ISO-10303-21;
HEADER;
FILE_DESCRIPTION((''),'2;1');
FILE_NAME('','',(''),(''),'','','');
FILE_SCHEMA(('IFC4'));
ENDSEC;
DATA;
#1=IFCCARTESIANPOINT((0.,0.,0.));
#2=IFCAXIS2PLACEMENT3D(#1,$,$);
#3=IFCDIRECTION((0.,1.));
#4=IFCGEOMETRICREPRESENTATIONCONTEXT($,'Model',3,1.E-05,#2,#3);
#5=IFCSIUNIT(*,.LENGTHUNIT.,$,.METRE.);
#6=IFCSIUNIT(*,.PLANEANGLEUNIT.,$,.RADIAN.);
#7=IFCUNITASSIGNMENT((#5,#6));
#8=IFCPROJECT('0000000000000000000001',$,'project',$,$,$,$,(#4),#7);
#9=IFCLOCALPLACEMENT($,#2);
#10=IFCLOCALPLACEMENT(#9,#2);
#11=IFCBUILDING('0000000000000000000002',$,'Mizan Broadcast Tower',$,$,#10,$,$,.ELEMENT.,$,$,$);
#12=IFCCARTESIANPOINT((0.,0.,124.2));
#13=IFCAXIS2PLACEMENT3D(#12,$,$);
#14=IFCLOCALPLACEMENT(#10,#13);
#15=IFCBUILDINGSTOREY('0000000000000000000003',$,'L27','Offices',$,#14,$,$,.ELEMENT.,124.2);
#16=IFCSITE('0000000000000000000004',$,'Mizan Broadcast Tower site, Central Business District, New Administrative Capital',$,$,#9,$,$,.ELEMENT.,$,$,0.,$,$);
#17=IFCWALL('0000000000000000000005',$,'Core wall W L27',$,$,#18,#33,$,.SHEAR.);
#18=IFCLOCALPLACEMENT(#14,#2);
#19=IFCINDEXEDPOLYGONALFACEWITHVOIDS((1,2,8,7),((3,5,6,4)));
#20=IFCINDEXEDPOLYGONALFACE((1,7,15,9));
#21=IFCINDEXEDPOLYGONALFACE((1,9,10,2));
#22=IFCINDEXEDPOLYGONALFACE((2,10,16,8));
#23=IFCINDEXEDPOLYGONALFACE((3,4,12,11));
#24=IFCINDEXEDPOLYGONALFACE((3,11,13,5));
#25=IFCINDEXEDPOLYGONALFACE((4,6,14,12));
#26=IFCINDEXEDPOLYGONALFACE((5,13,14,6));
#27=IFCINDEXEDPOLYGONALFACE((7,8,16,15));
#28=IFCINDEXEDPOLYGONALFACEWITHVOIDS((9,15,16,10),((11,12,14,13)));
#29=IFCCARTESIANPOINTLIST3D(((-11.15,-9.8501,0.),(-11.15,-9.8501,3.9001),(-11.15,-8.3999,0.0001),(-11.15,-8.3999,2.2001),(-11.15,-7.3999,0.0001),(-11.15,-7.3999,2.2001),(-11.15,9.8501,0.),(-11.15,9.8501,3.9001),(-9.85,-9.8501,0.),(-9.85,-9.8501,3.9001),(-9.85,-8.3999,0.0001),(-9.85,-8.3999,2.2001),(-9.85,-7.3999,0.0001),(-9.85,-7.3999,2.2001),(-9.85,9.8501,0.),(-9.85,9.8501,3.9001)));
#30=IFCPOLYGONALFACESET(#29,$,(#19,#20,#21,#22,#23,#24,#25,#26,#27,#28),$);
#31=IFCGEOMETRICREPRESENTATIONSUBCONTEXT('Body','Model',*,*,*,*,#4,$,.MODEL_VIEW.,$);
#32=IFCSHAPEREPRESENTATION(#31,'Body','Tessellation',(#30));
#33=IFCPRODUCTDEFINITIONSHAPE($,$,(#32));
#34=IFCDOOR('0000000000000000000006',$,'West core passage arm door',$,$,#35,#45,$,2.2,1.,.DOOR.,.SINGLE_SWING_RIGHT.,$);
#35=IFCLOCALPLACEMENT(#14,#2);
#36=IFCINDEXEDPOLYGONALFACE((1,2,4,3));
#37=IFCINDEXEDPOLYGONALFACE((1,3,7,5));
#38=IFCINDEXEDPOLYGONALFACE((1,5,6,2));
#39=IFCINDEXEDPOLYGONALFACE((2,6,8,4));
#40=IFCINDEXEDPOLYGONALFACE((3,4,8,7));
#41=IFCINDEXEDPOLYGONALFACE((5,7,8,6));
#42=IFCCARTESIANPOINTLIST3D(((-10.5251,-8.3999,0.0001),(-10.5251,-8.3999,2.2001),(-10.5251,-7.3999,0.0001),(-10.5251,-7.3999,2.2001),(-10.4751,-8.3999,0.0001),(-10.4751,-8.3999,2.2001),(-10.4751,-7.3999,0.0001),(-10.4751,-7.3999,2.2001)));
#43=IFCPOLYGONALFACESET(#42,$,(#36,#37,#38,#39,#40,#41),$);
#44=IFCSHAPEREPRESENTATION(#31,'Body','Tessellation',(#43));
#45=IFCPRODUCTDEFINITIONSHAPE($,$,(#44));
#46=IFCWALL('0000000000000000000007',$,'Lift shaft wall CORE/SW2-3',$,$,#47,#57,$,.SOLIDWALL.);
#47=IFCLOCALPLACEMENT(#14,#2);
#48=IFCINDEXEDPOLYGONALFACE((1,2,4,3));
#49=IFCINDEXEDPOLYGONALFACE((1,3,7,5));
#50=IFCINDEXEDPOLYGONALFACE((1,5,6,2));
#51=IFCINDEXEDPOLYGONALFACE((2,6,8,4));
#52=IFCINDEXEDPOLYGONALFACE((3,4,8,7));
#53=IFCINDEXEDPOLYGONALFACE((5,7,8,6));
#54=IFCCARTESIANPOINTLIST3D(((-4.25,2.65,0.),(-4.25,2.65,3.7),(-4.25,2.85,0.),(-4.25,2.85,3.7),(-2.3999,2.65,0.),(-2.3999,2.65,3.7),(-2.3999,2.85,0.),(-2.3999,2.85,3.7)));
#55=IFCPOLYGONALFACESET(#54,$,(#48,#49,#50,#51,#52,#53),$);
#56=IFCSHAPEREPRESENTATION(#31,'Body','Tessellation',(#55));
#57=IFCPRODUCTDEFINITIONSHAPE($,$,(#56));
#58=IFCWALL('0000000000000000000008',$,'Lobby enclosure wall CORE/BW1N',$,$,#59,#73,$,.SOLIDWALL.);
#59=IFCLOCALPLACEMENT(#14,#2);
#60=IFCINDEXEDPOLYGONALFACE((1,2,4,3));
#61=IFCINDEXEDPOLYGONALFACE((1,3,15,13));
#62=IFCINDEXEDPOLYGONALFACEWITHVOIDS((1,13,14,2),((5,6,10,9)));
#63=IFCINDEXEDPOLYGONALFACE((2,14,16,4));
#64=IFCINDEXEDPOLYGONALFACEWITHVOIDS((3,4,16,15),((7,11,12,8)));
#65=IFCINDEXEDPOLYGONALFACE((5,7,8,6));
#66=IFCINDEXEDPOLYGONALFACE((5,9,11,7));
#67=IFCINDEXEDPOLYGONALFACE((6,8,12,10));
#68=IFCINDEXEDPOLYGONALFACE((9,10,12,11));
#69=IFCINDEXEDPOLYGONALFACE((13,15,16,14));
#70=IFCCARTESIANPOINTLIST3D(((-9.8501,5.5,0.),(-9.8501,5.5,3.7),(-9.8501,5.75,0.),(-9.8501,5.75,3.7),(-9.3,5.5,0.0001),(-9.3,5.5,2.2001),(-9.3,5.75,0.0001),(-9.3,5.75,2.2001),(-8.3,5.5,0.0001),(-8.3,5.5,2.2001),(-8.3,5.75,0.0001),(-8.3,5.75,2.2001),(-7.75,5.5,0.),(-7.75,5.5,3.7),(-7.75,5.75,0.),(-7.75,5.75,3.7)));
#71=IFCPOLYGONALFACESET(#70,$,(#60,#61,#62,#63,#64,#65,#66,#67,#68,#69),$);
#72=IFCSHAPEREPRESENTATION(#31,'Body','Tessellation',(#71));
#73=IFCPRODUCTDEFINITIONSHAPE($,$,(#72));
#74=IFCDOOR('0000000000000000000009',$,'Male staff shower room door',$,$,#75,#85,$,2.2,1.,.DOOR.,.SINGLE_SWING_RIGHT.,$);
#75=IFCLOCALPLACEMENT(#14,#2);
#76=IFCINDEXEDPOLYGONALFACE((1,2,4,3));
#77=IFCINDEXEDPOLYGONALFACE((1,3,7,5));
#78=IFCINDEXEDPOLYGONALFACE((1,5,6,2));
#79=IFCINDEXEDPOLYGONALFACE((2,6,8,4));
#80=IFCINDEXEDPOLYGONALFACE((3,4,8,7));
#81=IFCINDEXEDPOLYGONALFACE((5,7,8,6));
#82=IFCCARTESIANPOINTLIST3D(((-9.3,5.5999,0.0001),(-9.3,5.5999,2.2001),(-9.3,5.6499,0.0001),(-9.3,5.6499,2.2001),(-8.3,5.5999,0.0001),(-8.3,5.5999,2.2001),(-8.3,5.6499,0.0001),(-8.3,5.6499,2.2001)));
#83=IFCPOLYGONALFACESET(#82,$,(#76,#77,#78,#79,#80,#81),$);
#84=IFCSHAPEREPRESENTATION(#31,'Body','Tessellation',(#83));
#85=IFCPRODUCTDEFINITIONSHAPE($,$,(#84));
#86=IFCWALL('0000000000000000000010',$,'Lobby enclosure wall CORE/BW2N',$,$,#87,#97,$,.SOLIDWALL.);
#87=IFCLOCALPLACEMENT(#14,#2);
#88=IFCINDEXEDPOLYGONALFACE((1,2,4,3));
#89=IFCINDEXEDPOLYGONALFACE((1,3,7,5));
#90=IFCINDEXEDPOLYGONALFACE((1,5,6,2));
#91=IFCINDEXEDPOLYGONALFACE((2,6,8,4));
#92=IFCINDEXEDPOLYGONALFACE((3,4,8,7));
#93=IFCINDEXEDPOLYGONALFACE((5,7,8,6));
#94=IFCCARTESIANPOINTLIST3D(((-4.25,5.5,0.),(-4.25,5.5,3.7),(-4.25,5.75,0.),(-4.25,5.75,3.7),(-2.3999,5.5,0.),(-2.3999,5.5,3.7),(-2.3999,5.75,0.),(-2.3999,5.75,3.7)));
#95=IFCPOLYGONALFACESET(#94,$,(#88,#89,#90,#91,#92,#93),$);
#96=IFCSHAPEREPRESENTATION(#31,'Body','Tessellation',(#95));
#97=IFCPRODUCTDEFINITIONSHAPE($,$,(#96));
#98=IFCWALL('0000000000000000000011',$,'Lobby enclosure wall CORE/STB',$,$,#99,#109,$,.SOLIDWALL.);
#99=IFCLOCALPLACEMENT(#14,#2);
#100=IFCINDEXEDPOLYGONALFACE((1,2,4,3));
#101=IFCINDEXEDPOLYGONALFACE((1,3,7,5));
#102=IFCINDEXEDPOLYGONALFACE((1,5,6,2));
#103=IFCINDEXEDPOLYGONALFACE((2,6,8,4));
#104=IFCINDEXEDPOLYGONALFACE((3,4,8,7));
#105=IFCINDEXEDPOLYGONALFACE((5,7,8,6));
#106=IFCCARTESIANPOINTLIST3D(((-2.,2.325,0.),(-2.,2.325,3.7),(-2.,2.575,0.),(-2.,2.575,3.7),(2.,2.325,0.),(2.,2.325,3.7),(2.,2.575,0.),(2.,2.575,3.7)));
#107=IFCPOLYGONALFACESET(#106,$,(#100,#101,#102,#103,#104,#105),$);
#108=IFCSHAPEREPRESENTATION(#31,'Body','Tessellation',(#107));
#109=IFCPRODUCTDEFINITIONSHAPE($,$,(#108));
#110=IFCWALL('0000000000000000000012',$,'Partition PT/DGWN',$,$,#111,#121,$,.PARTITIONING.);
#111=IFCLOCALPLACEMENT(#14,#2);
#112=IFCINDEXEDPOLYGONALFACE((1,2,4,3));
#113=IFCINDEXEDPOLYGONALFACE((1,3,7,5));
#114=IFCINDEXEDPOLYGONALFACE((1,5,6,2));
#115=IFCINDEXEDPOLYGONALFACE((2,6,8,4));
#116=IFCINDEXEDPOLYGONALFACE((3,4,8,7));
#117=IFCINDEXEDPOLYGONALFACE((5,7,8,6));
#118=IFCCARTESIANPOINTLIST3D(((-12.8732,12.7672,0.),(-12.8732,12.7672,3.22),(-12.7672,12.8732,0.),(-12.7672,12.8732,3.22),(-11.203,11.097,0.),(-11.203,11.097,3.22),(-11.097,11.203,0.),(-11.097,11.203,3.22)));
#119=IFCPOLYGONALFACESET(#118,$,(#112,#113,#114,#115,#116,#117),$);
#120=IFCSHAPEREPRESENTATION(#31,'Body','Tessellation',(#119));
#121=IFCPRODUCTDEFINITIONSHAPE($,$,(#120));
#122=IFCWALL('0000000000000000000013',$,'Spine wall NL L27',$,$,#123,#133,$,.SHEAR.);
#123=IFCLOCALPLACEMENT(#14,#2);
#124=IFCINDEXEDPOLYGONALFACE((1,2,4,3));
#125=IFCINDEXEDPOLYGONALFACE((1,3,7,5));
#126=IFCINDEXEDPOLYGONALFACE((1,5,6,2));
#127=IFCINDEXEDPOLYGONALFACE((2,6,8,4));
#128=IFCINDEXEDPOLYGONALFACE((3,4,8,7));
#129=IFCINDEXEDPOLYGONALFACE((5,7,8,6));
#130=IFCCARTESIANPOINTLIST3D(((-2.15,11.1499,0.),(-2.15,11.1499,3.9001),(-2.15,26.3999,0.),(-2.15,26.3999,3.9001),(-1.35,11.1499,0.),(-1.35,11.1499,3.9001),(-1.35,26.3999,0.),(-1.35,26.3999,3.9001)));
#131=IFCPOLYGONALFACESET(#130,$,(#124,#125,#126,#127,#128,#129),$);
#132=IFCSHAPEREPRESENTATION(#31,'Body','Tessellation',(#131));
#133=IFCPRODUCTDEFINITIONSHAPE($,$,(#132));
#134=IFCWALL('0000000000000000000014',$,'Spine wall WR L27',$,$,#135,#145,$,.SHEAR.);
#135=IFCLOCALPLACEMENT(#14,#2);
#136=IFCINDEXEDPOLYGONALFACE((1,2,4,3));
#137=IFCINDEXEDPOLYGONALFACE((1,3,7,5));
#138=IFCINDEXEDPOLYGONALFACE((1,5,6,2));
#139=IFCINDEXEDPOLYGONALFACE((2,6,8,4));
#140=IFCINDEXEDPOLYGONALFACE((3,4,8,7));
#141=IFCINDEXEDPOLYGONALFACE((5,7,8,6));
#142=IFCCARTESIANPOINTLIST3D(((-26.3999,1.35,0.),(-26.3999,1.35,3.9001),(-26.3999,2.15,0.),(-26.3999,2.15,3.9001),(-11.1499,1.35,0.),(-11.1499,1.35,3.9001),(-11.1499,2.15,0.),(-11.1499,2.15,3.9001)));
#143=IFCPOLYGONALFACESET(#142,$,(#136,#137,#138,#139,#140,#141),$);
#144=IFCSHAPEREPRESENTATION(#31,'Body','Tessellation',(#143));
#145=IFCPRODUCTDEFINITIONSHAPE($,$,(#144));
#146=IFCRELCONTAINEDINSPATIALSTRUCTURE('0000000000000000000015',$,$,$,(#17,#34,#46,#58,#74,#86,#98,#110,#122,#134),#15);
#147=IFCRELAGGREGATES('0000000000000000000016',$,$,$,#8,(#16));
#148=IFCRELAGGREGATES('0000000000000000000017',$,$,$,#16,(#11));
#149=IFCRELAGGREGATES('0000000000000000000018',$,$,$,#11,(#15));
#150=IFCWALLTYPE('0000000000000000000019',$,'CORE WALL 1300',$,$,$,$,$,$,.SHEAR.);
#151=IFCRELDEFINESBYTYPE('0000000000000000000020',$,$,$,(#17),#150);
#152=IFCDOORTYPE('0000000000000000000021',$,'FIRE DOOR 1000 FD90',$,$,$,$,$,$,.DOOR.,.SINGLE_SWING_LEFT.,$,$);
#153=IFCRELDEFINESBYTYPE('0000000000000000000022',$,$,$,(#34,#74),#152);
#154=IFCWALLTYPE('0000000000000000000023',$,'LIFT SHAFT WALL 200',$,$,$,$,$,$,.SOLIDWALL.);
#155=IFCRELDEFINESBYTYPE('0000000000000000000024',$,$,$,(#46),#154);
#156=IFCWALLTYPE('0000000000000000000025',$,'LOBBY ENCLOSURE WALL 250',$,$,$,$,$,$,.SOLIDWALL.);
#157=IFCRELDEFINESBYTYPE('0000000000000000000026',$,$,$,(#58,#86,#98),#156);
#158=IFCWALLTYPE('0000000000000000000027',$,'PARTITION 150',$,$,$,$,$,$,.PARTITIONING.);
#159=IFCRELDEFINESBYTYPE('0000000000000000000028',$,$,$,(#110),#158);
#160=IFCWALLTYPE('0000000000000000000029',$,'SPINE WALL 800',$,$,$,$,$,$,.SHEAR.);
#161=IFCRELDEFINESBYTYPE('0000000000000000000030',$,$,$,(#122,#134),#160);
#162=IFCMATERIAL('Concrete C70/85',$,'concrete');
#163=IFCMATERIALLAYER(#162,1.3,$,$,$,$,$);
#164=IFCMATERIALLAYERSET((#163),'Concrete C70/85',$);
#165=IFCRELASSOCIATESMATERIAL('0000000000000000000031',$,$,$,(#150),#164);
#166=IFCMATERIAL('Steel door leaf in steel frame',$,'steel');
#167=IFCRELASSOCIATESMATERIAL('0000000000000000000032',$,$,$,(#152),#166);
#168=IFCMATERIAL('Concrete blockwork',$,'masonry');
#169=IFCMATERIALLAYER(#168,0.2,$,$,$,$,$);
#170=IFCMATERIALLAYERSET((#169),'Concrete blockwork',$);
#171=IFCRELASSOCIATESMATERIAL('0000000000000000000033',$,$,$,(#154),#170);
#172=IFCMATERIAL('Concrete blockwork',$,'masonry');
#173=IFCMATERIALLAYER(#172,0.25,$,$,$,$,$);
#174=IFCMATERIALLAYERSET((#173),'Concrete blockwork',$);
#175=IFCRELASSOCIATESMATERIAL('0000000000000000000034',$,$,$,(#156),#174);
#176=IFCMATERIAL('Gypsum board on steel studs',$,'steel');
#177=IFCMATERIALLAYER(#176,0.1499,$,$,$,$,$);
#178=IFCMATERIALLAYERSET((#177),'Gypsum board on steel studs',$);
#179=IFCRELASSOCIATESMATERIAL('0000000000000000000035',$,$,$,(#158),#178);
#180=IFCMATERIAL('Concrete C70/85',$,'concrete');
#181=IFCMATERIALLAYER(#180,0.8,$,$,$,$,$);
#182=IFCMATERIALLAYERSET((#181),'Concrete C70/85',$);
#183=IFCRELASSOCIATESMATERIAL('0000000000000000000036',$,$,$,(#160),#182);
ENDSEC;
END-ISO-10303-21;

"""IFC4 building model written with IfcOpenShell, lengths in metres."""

from ifc_helpers import new_model, si_unit, direction, frame, frame_2d, origin, place, context, subcontext, project, spatial, rectangle, extrude, material, layer, layer_set, type_object, element, fill, save


model = new_model("IFC4")

# Units and contexts
model_context = context("Model", 3, precision=1e-05, world=origin(), true_north=direction((0.0, 1.0)))
body_context = subcontext(model_context, "Body", "Model", "MODEL_VIEW")
ifc_project = project(units=[si_unit("LENGTHUNIT", "METRE"), si_unit("PLANEANGLEUNIT", "RADIAN")], contexts=[model_context])

# Site, building, storey
site_placement = place(None, origin())
site = spatial("IfcSite", under=ifc_project, at=site_placement, Name="Mizan Broadcast Tower site, Central Business District, New Administrative Capital", CompositionType="ELEMENT", RefElevation=0.0)
building_placement = place(site_placement, origin())
building = spatial("IfcBuilding", under=site, at=building_placement, Name="Mizan Broadcast Tower", CompositionType="ELEMENT")
storey_placement = place(building_placement, frame((0.0, 0.0, 124.2)))
storey = spatial("IfcBuildingStorey", under=building, at=storey_placement, Name="L27", Description="Offices", CompositionType="ELEMENT", Elevation=124.2)

# Shared definitions
ifc_material_1 = material(Name="Concrete C70/85", Category="concrete")
ifc_layer_1 = layer(ifc_material_1, 1.3)
ifc_layer_set_1 = layer_set([ifc_layer_1], Name="Concrete C70/85")
wall_type_1 = type_object("IfcWallType", Name="CORE WALL 1300", PredefinedType="SHEAR", material=ifc_layer_set_1)

# Wall, opening, door
wall_1_placement = place(storey_placement, frame((-10.5, 9.8501, 0.0), z_axis=(0.0, 0.0, 1.0), x_axis=(0.0, -1.0, 0.0)))
wall_1 = element("IfcWall", 1, at=wall_1_placement, inside=storey, type_object=wall_type_1, Name="Core wall W L27", PredefinedType="SHEAR", context=body_context, shape_type="SweptSolid", body=[
    extrude(rectangle(XDim=19.7002, YDim=1.3, at=frame_2d((9.8501, 0.0))), origin(), (0.0, 0.0, 1.0), 3.9001),
])
opening_1_placement = place(wall_1_placement, frame((17.25, 0.0, 0.0)))
opening_1 = element("IfcOpeningElement", 2, at=opening_1_placement, cuts=wall_1, PredefinedType="OPENING", context=body_context, shape_type="SweptSolid", body=[
    extrude(rectangle(XDim=1.0, YDim=2.2, at=frame_2d((0.5, 1.1001))), frame((0.0, 0.6599, 0.0), z_axis=(0.0, -1.0, 0.0), x_axis=(1.0, 0.0, 0.0)), (0.0, 0.0, 1.0), 1.3201),
])
ifc_material_2 = material(Name="Steel door leaf in steel frame", Category="steel")
door_type_1 = type_object("IfcDoorType", Name="FIRE DOOR 1000 FD90", OperationType="SINGLE_SWING_LEFT", PredefinedType="DOOR", material=ifc_material_2)
door_1_placement = place(opening_1_placement, origin())
door_1 = element("IfcDoor", 3, at=door_1_placement, inside=storey, type_object=door_type_1, Name="West core passage arm door", OperationType="SINGLE_SWING_RIGHT", OverallHeight=2.2, OverallWidth=1.0, PredefinedType="DOOR", context=body_context, shape_type="SweptSolid", body=[
    extrude(rectangle(XDim=1.0, YDim=2.2, at=frame_2d((0.5, 1.1001))), frame((0.0, 0.0249, 0.0), z_axis=(0.0, -1.0, 0.0), x_axis=(1.0, 0.0, 0.0)), (0.0, 0.0, 1.0), 0.05),
])
fill(opening_1, door_1)

# Wall
ifc_material_3 = material(Name="Concrete blockwork", Category="masonry")
ifc_layer_2 = layer(ifc_material_3, 0.2)
ifc_layer_set_2 = layer_set([ifc_layer_2], Name="Concrete blockwork")
wall_type_2 = type_object("IfcWallType", Name="LIFT SHAFT WALL 200", PredefinedType="SOLIDWALL", material=ifc_layer_set_2)
wall_2_placement = place(storey_placement, frame((-4.25, 2.75, 0.0), z_axis=(0.0, 0.0, 1.0), x_axis=(1.0, 0.0, 0.0)))
element("IfcWall", 4, at=wall_2_placement, inside=storey, type_object=wall_type_2, Name="Lift shaft wall CORE/SW2-3", PredefinedType="SOLIDWALL", context=body_context, shape_type="SweptSolid", body=[
    extrude(rectangle(XDim=1.8501, YDim=0.2, at=frame_2d((0.925, 0.0))), origin(), (0.0, 0.0, 1.0), 3.7),
])

# Wall, opening, door
ifc_material_4 = material(Name="Concrete blockwork", Category="masonry")
ifc_layer_3 = layer(ifc_material_4, 0.25)
ifc_layer_set_3 = layer_set([ifc_layer_3], Name="Concrete blockwork")
wall_type_3 = type_object("IfcWallType", Name="LOBBY ENCLOSURE WALL 250", PredefinedType="SOLIDWALL", material=ifc_layer_set_3)
wall_3_placement = place(storey_placement, frame((-9.8501, 5.625, 0.0), z_axis=(0.0, 0.0, 1.0), x_axis=(1.0, 0.0, 0.0)))
wall_3 = element("IfcWall", 5, at=wall_3_placement, inside=storey, type_object=wall_type_3, Name="Lobby enclosure wall CORE/BW1N", PredefinedType="SOLIDWALL", context=body_context, shape_type="SweptSolid", body=[
    extrude(rectangle(XDim=2.1001, YDim=0.25, at=frame_2d((1.05, 0.0))), origin(), (0.0, 0.0, 1.0), 3.7),
])
opening_2_placement = place(wall_3_placement, frame((0.55, 0.0, 0.0)))
opening_2 = element("IfcOpeningElement", 6, at=opening_2_placement, cuts=wall_3, PredefinedType="OPENING", context=body_context, shape_type="SweptSolid", body=[
    extrude(rectangle(XDim=1.0, YDim=2.2, at=frame_2d((0.5, 1.1001))), frame((0.0, 0.135, 0.0), z_axis=(0.0, -1.0, 0.0), x_axis=(1.0, 0.0, 0.0)), (0.0, 0.0, 1.0), 0.27),
])
door_2_placement = place(opening_2_placement, origin())
door_2 = element("IfcDoor", 7, at=door_2_placement, inside=storey, type_object=door_type_1, Name="Male staff shower room door", OperationType="SINGLE_SWING_RIGHT", OverallHeight=2.2, OverallWidth=1.0, PredefinedType="DOOR", context=body_context, shape_type="SweptSolid", body=[
    extrude(rectangle(XDim=1.0, YDim=2.2, at=frame_2d((0.5, 1.1001))), frame((0.0, 0.0249, 0.0), z_axis=(0.0, -1.0, 0.0), x_axis=(1.0, 0.0, 0.0)), (0.0, 0.0, 1.0), 0.05),
])
fill(opening_2, door_2)

# Walls
wall_4_placement = place(storey_placement, frame((-4.25, 5.625, 0.0), z_axis=(0.0, 0.0, 1.0), x_axis=(1.0, 0.0, 0.0)))
element("IfcWall", 8, at=wall_4_placement, inside=storey, type_object=wall_type_3, Name="Lobby enclosure wall CORE/BW2N", PredefinedType="SOLIDWALL", context=body_context, shape_type="SweptSolid", body=[
    extrude(rectangle(XDim=1.8501, YDim=0.25, at=frame_2d((0.925, 0.0))), origin(), (0.0, 0.0, 1.0), 3.7),
])
wall_5_placement = place(storey_placement, frame((-2.0, 2.45, 0.0), z_axis=(0.0, 0.0, 1.0), x_axis=(1.0, 0.0, 0.0)))
element("IfcWall", 9, at=wall_5_placement, inside=storey, type_object=wall_type_3, Name="Lobby enclosure wall CORE/STB", PredefinedType="SOLIDWALL", context=body_context, shape_type="SweptSolid", body=[
    extrude(rectangle(XDim=4.0, YDim=0.25, at=frame_2d((2.0, 0.0))), origin(), (0.0, 0.0, 1.0), 3.7),
])
ifc_material_5 = material(Name="Gypsum board on steel studs", Category="steel")
ifc_layer_4 = layer(ifc_material_5, 0.1499)
ifc_layer_set_4 = layer_set([ifc_layer_4], Name="Gypsum board on steel studs")
wall_type_4 = type_object("IfcWallType", Name="PARTITION 150", PredefinedType="PARTITIONING", material=ifc_layer_set_4)
wall_6_placement = place(storey_placement, frame((-11.1499, 11.1499, 0.0), z_axis=(0.0, 0.0, 1.0), x_axis=(-0.707107, 0.707107, 0.0)))
element("IfcWall", 10, at=wall_6_placement, inside=storey, type_object=wall_type_4, Name="Partition PT/DGWN", PredefinedType="PARTITIONING", context=body_context, shape_type="SweptSolid", body=[
    extrude(rectangle(XDim=2.3621, YDim=0.1499, at=frame_2d((1.1812, 0.0))), origin(), (0.0, 0.0, 1.0), 3.22),
])
ifc_material_6 = material(Name="Concrete C70/85", Category="concrete")
ifc_layer_5 = layer(ifc_material_6, 0.8)
ifc_layer_set_5 = layer_set([ifc_layer_5], Name="Concrete C70/85")
wall_type_5 = type_object("IfcWallType", Name="SPINE WALL 800", PredefinedType="SHEAR", material=ifc_layer_set_5)
for number, where, z_axis, x_axis, name in (
    (11, (-1.75, 11.1499, 0.0), (0.0, 0.0, 1.0), (0.0, 1.0, 0.0), "Spine wall NL L27"),
    (12, (-11.1499, 1.75, 0.0), (0.0, 0.0, 1.0), (-1.0, 0.0, 0.0), "Spine wall WR L27"),
):
    element("IfcWall", number, at=place(storey_placement, frame(where, z_axis=z_axis, x_axis=x_axis)), inside=storey, type_object=wall_type_5, Name=name, PredefinedType="SHEAR", context=body_context, shape_type="SweptSolid", body=[
        extrude(rectangle(XDim=15.25, YDim=0.8, at=frame_2d((7.625, 0.0))), origin(), (0.0, 0.0, 1.0), 3.9001),
    ])

save(model, "model.ifc")
